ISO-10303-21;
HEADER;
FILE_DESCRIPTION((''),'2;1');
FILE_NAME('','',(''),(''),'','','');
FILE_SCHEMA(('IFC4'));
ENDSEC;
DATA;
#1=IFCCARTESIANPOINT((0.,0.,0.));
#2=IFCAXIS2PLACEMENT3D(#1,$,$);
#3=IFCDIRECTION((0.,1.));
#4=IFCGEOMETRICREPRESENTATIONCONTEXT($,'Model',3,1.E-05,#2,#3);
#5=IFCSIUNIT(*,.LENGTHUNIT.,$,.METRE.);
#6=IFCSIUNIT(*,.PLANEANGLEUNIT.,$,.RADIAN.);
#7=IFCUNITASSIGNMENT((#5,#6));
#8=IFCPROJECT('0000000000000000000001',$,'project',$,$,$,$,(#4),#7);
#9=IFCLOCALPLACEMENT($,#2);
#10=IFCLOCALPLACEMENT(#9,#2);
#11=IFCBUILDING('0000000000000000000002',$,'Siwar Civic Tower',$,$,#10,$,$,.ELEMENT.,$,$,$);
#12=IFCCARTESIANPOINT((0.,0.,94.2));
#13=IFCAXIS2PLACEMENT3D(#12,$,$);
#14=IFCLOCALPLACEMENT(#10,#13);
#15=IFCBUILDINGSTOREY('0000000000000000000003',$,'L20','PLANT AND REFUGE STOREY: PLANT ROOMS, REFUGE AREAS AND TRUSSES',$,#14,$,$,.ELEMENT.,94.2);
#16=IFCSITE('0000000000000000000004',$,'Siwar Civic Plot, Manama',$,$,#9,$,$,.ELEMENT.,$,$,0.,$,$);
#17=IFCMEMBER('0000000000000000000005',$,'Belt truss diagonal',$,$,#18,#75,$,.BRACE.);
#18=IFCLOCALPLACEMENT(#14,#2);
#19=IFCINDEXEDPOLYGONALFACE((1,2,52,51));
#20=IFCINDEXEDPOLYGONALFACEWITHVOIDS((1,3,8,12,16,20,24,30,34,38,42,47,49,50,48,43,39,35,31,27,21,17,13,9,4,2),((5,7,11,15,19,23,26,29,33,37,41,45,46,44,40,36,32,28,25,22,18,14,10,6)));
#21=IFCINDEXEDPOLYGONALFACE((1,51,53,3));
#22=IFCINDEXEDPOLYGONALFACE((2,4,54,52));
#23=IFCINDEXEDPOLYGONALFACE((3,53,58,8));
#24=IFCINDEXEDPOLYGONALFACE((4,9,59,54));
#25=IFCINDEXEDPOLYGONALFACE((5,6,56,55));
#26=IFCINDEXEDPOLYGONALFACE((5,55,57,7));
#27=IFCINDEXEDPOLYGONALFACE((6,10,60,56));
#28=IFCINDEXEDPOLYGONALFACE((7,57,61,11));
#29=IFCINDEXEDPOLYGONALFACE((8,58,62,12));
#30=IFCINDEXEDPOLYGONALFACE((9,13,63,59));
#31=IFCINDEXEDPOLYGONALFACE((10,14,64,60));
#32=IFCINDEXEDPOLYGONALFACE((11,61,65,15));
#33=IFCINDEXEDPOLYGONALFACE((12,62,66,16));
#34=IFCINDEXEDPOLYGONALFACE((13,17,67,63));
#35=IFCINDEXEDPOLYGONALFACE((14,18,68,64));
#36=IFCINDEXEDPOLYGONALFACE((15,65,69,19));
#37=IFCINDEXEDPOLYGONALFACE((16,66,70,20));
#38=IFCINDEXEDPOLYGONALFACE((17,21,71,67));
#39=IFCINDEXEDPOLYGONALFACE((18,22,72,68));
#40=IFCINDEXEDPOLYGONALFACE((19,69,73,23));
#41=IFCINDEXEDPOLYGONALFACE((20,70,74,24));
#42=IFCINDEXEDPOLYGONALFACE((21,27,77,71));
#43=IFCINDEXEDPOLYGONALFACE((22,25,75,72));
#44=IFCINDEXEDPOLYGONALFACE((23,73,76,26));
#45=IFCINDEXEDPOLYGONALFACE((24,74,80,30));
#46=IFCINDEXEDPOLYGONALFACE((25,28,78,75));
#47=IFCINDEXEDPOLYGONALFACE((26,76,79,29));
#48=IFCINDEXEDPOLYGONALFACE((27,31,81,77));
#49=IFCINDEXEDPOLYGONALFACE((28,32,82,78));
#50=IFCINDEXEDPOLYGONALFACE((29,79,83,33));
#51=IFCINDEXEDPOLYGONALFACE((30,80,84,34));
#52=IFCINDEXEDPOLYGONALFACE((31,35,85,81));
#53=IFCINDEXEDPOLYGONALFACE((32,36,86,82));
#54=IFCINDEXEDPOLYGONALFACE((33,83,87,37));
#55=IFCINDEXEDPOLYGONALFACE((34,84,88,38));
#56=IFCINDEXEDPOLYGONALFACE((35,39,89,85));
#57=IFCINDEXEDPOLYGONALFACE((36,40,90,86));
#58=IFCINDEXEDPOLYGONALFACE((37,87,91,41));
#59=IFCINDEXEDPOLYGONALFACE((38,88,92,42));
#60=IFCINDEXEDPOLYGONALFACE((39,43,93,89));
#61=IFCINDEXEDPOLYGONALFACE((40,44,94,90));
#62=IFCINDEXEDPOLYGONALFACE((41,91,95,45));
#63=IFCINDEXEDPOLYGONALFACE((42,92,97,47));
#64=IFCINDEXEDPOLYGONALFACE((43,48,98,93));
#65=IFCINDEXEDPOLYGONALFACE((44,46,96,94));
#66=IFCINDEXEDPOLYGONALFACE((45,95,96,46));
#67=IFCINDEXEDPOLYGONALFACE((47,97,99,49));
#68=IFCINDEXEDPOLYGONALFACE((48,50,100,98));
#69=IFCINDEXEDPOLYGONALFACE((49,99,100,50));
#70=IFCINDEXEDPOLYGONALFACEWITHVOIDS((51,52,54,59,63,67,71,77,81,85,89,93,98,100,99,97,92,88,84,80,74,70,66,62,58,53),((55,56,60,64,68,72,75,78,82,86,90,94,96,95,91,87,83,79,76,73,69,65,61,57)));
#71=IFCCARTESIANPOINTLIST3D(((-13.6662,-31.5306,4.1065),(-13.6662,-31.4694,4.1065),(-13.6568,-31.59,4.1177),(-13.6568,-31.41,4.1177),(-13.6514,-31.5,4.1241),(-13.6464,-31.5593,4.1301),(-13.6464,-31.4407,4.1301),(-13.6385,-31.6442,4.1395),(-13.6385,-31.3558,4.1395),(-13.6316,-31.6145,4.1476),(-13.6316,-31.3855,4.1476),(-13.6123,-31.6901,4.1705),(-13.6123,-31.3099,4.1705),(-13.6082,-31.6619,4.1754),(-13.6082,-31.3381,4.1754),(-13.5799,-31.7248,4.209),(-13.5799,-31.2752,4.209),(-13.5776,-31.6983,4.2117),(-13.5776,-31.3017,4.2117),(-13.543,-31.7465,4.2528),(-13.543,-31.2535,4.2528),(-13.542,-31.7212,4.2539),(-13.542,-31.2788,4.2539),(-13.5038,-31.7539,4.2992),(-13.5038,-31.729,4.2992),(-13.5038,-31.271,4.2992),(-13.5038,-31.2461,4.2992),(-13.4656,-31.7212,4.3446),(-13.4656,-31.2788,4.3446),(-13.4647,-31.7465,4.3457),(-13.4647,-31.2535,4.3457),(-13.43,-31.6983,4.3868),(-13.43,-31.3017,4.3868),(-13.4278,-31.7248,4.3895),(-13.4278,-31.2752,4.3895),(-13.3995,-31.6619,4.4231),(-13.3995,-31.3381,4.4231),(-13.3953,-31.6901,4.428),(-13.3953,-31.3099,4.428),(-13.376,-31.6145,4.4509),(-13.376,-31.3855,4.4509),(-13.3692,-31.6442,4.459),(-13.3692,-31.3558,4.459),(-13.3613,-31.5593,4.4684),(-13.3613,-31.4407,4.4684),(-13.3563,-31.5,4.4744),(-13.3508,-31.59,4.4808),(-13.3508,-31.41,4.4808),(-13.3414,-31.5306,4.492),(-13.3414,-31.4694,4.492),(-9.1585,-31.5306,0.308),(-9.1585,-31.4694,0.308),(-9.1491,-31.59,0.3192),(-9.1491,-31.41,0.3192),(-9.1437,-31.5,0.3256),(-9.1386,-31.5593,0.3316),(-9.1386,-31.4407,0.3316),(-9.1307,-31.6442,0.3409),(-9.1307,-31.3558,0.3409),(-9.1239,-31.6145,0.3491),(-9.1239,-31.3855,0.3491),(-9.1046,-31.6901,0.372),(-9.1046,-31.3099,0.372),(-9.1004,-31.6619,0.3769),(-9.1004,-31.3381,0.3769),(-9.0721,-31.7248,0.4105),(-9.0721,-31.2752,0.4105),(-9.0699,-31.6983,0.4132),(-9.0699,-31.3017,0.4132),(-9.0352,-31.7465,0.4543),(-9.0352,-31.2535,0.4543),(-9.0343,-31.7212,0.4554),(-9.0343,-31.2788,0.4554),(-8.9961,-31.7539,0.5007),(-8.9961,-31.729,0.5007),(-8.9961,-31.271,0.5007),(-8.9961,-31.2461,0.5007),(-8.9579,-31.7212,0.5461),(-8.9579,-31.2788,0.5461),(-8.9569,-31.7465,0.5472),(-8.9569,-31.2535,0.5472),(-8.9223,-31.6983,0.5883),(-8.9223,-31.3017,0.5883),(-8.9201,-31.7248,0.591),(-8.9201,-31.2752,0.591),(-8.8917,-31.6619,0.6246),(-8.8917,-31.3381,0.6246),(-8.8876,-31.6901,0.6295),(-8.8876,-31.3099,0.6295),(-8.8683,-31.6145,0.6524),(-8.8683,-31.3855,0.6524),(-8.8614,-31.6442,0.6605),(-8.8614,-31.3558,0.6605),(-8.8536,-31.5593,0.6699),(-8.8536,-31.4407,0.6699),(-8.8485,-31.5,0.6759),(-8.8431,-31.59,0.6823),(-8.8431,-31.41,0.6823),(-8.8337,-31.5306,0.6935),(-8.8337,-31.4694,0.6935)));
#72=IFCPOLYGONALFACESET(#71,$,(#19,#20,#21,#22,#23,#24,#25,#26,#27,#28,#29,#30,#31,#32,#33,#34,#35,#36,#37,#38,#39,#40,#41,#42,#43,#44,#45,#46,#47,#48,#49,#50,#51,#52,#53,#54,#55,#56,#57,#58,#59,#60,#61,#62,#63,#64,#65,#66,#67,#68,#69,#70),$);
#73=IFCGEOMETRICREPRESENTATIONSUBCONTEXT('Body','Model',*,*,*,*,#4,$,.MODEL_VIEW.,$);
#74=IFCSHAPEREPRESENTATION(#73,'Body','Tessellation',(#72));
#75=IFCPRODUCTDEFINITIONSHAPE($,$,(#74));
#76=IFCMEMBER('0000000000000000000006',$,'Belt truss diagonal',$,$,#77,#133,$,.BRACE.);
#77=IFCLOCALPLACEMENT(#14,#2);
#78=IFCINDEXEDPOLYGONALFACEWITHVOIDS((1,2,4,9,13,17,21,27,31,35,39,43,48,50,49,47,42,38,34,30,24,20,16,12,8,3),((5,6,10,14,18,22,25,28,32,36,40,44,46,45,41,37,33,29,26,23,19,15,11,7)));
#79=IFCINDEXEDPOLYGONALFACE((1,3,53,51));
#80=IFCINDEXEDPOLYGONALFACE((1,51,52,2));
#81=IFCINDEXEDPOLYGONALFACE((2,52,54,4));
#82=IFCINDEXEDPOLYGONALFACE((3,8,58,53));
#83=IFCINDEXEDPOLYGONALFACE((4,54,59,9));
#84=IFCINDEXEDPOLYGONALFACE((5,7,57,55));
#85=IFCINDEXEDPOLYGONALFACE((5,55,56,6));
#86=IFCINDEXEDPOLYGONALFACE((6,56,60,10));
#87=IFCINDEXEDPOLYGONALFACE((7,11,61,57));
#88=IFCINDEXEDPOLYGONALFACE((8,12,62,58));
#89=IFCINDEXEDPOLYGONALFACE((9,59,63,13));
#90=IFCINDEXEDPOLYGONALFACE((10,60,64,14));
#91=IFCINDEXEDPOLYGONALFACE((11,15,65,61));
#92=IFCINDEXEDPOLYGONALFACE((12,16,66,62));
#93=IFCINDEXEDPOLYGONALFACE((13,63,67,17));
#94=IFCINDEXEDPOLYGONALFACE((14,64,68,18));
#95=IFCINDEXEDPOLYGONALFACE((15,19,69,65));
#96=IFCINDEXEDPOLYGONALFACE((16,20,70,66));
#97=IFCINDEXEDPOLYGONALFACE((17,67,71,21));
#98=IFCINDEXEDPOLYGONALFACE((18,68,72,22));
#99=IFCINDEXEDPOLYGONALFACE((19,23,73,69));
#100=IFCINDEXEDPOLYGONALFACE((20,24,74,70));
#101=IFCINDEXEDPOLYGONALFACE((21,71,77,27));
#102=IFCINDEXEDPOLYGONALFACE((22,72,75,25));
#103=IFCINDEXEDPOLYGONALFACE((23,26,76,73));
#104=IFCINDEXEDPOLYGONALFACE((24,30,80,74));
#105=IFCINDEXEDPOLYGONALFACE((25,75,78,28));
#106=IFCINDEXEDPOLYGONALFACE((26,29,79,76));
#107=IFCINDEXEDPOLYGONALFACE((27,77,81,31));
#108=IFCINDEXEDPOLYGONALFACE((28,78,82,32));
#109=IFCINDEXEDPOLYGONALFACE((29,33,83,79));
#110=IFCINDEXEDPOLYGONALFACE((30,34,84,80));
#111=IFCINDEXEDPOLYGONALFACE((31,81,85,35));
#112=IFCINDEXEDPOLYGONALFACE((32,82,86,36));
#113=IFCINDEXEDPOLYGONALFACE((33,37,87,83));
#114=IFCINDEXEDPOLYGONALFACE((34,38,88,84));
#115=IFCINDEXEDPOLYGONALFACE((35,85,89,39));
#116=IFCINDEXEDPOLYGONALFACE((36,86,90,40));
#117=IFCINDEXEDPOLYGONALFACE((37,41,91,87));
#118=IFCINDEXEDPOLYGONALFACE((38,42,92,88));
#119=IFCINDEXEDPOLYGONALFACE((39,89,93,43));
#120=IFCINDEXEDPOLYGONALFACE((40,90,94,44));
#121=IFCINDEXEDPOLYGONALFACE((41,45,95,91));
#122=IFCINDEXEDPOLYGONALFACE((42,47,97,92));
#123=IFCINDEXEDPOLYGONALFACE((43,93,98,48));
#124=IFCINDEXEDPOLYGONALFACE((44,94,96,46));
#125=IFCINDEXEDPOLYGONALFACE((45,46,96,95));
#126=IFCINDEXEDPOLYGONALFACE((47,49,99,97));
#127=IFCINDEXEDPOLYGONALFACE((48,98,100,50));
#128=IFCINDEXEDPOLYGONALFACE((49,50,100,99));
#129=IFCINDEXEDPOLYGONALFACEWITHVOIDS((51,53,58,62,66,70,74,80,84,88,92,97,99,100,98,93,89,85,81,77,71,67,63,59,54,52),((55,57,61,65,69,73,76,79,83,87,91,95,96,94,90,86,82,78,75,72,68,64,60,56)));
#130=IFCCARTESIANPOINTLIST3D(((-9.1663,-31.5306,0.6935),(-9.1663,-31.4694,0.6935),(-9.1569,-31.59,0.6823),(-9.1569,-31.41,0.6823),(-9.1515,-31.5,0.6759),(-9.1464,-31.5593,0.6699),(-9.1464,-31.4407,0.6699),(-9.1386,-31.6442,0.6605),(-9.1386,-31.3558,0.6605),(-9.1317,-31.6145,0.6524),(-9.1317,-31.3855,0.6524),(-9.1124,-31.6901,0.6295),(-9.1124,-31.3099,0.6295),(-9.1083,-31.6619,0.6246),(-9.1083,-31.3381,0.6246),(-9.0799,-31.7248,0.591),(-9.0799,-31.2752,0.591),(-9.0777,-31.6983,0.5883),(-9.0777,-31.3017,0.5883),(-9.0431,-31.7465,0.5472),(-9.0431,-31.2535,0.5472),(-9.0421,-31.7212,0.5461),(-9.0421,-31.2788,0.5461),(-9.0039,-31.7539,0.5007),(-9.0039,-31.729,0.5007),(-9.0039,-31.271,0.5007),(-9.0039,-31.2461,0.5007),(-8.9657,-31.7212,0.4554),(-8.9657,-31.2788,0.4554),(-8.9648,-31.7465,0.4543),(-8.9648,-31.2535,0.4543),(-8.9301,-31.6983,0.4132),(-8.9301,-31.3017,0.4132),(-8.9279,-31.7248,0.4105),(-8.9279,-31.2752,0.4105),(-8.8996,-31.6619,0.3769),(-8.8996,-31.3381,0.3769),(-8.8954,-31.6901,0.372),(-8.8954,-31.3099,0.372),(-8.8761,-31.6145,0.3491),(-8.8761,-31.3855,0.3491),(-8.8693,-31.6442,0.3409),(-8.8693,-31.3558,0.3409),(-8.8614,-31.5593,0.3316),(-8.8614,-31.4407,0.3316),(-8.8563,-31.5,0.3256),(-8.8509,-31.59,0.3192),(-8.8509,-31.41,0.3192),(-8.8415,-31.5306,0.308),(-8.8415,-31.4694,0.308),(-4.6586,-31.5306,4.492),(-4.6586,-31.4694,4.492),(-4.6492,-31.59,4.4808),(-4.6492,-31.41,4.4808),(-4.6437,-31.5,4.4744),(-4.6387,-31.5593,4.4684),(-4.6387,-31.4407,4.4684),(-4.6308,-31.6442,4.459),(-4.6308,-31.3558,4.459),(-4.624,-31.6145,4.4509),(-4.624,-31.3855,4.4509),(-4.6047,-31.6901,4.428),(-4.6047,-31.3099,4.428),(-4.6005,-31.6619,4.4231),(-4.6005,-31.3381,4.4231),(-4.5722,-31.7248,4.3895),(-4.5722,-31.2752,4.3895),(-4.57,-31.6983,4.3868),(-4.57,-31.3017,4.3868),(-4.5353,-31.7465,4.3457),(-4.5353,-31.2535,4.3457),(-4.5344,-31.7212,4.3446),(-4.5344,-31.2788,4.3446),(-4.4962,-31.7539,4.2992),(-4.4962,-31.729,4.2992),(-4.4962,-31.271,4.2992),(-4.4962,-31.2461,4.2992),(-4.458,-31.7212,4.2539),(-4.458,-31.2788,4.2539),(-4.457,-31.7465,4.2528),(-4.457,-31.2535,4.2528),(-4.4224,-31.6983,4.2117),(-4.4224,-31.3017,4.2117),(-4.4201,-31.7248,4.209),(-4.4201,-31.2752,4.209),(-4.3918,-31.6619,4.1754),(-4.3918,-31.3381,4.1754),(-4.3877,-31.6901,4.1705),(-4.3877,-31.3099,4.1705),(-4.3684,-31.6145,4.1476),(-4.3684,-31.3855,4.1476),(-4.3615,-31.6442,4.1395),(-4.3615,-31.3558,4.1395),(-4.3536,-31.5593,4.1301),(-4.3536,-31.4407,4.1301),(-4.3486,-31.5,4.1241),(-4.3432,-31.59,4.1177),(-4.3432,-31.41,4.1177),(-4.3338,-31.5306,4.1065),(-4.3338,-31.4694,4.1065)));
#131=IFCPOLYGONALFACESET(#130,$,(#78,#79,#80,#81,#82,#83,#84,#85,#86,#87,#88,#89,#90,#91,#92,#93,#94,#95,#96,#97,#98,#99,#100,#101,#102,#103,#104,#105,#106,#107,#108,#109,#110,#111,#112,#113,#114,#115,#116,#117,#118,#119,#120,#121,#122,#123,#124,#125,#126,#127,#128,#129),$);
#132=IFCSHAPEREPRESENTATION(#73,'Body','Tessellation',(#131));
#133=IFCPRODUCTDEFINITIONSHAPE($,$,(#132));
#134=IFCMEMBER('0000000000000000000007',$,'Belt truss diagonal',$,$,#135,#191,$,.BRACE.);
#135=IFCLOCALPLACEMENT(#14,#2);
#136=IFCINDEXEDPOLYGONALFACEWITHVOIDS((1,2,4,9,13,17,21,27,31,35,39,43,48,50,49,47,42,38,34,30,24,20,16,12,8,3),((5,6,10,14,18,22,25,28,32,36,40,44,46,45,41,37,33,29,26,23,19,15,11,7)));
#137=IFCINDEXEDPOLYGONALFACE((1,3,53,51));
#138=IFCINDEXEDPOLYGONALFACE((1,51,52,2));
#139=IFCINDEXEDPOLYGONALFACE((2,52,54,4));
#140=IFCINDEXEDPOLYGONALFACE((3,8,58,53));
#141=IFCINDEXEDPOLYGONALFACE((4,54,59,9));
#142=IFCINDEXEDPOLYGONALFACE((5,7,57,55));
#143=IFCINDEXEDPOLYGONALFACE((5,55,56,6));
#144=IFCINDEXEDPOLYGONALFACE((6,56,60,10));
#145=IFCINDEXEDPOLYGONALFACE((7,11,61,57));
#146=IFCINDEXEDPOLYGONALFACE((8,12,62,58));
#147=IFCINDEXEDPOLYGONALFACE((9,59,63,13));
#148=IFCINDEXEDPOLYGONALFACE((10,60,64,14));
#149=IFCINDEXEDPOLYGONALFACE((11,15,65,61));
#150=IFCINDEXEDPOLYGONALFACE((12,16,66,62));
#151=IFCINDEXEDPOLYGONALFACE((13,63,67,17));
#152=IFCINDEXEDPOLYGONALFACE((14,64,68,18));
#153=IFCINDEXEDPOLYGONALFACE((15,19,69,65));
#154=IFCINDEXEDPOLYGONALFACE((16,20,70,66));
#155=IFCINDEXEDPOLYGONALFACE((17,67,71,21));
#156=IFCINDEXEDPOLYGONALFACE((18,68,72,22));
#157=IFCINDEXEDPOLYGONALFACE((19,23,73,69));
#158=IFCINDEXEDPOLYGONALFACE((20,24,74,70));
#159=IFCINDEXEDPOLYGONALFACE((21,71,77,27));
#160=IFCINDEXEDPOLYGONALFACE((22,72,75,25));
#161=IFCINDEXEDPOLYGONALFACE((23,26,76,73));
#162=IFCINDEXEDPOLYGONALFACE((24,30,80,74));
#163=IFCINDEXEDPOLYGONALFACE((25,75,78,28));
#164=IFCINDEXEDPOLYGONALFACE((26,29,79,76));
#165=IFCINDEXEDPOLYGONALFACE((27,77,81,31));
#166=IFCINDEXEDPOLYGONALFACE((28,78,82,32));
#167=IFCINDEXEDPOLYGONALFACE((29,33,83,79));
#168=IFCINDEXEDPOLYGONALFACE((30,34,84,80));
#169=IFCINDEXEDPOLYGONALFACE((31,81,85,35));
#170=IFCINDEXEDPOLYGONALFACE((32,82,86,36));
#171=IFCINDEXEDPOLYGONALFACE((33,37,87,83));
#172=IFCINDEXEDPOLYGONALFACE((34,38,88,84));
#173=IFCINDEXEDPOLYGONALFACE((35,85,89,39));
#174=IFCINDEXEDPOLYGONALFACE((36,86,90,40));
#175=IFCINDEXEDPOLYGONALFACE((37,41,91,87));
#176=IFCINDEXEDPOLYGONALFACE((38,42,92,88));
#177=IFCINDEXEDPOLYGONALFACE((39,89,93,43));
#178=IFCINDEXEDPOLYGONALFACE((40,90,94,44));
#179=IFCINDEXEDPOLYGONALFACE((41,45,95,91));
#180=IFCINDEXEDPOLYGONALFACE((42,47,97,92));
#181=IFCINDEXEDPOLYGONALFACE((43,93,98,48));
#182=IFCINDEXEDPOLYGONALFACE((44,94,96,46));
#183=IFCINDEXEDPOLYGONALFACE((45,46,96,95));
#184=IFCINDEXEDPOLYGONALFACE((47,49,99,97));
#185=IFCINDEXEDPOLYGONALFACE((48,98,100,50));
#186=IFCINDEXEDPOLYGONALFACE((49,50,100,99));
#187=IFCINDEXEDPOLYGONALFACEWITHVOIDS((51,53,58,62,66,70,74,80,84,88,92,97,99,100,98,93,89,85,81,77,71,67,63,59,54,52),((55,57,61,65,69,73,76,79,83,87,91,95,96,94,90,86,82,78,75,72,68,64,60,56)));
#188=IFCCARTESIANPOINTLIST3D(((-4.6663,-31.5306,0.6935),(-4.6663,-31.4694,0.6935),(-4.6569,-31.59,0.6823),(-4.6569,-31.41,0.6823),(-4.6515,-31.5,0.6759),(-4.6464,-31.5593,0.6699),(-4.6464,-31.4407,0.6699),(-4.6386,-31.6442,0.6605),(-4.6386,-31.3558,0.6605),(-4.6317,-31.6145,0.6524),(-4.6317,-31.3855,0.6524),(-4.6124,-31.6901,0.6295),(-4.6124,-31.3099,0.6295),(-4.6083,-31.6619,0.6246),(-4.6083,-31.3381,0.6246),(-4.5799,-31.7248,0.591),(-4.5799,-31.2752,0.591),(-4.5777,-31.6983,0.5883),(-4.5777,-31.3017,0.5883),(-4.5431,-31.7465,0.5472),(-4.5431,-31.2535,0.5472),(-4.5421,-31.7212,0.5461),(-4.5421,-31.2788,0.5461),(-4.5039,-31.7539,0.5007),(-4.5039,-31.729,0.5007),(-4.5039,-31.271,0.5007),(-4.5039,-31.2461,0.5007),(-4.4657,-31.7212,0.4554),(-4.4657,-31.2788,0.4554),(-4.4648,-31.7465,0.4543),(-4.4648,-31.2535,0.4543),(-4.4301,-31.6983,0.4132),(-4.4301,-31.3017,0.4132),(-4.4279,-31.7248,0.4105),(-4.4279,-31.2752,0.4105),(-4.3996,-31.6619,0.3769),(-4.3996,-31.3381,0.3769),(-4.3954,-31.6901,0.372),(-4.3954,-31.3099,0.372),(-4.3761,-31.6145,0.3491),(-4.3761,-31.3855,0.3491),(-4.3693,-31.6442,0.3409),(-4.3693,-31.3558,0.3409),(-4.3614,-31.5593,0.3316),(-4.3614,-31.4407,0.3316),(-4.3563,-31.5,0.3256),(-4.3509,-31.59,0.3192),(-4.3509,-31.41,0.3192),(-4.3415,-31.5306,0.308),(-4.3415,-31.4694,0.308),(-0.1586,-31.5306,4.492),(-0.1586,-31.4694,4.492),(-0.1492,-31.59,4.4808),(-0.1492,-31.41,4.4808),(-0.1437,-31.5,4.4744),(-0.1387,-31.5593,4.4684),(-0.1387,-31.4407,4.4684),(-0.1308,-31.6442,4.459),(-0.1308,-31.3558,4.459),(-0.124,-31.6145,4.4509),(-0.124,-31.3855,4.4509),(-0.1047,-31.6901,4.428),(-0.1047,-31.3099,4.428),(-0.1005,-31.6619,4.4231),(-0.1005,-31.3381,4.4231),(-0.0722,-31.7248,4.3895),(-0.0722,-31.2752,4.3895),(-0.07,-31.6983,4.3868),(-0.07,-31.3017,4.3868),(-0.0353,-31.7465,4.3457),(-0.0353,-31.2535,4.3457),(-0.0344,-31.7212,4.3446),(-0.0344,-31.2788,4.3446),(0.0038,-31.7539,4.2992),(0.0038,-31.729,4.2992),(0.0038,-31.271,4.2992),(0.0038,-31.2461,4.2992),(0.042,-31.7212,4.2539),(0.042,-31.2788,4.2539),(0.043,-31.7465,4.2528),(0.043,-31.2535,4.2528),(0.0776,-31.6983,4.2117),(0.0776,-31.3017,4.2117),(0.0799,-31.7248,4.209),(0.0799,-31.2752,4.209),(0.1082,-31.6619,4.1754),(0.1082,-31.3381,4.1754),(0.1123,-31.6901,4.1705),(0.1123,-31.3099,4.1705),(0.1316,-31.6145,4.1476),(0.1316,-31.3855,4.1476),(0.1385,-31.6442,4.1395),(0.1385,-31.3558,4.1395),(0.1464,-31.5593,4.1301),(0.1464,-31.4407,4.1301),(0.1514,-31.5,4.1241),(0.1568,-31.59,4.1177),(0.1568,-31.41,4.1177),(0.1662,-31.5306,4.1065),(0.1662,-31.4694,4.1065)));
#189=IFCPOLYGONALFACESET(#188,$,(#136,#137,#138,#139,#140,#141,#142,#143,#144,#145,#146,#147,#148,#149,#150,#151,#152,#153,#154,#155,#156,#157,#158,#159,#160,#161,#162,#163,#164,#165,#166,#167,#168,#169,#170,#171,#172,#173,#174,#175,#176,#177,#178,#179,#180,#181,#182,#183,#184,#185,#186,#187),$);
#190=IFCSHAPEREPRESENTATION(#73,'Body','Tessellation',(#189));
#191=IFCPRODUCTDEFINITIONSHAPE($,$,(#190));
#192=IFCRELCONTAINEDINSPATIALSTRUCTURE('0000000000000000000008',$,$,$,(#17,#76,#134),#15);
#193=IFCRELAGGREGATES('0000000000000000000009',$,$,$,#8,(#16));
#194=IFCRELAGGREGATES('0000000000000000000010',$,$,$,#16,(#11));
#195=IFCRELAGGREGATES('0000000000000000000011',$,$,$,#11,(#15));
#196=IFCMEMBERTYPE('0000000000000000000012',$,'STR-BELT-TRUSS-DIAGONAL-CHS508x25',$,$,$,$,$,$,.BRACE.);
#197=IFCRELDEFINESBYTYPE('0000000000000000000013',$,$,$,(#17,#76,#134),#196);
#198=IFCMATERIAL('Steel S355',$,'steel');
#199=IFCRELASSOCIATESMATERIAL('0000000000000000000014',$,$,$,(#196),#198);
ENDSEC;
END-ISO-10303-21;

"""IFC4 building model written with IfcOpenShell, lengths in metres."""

from ifc_helpers import new_model, si_unit, direction, frame, origin, origin_2d, place, context, subcontext, project, spatial, hollow_circle, extrude, material, material_profile, profile_set, type_object, element, save


model = new_model("IFC4")

# Units and contexts
model_context = context("Model", 3, precision=1e-05, world=origin(), true_north=direction((0.0, 1.0)))
body_context = subcontext(model_context, "Body", "Model", "MODEL_VIEW")
ifc_project = project(units=[si_unit("LENGTHUNIT", "METRE"), si_unit("PLANEANGLEUNIT", "RADIAN")], contexts=[model_context])

# Site, building, storey
site_placement = place(None, origin())
site = spatial("IfcSite", under=ifc_project, at=site_placement, Name="Siwar Civic Plot, Manama", CompositionType="ELEMENT", RefElevation=0.0)
building_placement = place(site_placement, origin())
building = spatial("IfcBuilding", under=site, at=building_placement, Name="Siwar Civic Tower", CompositionType="ELEMENT")
storey_placement = place(building_placement, frame((0.0, 0.0, 94.2)))
storey = spatial("IfcBuildingStorey", under=building, at=storey_placement, Name="L20", Description="PLANT AND REFUGE STOREY: PLANT ROOMS, REFUGE AREAS AND TRUSSES", CompositionType="ELEMENT", Elevation=94.2)

# Members
ifc_material_1 = material(Name="Steel S355", Category="steel")
ifc_material_profile_1 = material_profile(ifc_material_1, hollow_circle(Radius=0.2539, WallThickness=0.0249, at=origin_2d()), Name="CHS508x25")
ifc_profile_set_1 = profile_set([ifc_material_profile_1], Name="Steel S355")
member_type_1 = type_object("IfcMemberType", Name="STR-BELT-TRUSS-DIAGONAL-CHS508x25", PredefinedType="BRACE", material=ifc_profile_set_1)
for number, where, z_axis, x_axis, name in (
    (1, (-8.9961, -31.5, 0.5007), (-0.7647, 0.0, 0.644387), (0.0, -1.0, 0.0), "Belt truss diagonal"),
    (2, (-9.0039, -31.5, 0.5007), (0.7647, 0.0, 0.644387), (0.0, 1.0, 0.0), "Belt truss diagonal"),
    (3, (-4.5039, -31.5, 0.5007), (0.7647, 0.0, 0.644387), (0.0, 1.0, 0.0), "Belt truss diagonal"),
):
    element("IfcMember", number, at=place(storey_placement, frame(where, z_axis=z_axis, x_axis=x_axis)), inside=storey, type_object=member_type_1, Name=name, PredefinedType="BRACE", context=body_context, shape_type="SweptSolid", body=[
        extrude(hollow_circle(Radius=0.2539, WallThickness=0.0249, at=origin_2d()), origin(), (0.0, 0.0, 1.0), 5.8948),
    ])

save(model, "model.ifc")
